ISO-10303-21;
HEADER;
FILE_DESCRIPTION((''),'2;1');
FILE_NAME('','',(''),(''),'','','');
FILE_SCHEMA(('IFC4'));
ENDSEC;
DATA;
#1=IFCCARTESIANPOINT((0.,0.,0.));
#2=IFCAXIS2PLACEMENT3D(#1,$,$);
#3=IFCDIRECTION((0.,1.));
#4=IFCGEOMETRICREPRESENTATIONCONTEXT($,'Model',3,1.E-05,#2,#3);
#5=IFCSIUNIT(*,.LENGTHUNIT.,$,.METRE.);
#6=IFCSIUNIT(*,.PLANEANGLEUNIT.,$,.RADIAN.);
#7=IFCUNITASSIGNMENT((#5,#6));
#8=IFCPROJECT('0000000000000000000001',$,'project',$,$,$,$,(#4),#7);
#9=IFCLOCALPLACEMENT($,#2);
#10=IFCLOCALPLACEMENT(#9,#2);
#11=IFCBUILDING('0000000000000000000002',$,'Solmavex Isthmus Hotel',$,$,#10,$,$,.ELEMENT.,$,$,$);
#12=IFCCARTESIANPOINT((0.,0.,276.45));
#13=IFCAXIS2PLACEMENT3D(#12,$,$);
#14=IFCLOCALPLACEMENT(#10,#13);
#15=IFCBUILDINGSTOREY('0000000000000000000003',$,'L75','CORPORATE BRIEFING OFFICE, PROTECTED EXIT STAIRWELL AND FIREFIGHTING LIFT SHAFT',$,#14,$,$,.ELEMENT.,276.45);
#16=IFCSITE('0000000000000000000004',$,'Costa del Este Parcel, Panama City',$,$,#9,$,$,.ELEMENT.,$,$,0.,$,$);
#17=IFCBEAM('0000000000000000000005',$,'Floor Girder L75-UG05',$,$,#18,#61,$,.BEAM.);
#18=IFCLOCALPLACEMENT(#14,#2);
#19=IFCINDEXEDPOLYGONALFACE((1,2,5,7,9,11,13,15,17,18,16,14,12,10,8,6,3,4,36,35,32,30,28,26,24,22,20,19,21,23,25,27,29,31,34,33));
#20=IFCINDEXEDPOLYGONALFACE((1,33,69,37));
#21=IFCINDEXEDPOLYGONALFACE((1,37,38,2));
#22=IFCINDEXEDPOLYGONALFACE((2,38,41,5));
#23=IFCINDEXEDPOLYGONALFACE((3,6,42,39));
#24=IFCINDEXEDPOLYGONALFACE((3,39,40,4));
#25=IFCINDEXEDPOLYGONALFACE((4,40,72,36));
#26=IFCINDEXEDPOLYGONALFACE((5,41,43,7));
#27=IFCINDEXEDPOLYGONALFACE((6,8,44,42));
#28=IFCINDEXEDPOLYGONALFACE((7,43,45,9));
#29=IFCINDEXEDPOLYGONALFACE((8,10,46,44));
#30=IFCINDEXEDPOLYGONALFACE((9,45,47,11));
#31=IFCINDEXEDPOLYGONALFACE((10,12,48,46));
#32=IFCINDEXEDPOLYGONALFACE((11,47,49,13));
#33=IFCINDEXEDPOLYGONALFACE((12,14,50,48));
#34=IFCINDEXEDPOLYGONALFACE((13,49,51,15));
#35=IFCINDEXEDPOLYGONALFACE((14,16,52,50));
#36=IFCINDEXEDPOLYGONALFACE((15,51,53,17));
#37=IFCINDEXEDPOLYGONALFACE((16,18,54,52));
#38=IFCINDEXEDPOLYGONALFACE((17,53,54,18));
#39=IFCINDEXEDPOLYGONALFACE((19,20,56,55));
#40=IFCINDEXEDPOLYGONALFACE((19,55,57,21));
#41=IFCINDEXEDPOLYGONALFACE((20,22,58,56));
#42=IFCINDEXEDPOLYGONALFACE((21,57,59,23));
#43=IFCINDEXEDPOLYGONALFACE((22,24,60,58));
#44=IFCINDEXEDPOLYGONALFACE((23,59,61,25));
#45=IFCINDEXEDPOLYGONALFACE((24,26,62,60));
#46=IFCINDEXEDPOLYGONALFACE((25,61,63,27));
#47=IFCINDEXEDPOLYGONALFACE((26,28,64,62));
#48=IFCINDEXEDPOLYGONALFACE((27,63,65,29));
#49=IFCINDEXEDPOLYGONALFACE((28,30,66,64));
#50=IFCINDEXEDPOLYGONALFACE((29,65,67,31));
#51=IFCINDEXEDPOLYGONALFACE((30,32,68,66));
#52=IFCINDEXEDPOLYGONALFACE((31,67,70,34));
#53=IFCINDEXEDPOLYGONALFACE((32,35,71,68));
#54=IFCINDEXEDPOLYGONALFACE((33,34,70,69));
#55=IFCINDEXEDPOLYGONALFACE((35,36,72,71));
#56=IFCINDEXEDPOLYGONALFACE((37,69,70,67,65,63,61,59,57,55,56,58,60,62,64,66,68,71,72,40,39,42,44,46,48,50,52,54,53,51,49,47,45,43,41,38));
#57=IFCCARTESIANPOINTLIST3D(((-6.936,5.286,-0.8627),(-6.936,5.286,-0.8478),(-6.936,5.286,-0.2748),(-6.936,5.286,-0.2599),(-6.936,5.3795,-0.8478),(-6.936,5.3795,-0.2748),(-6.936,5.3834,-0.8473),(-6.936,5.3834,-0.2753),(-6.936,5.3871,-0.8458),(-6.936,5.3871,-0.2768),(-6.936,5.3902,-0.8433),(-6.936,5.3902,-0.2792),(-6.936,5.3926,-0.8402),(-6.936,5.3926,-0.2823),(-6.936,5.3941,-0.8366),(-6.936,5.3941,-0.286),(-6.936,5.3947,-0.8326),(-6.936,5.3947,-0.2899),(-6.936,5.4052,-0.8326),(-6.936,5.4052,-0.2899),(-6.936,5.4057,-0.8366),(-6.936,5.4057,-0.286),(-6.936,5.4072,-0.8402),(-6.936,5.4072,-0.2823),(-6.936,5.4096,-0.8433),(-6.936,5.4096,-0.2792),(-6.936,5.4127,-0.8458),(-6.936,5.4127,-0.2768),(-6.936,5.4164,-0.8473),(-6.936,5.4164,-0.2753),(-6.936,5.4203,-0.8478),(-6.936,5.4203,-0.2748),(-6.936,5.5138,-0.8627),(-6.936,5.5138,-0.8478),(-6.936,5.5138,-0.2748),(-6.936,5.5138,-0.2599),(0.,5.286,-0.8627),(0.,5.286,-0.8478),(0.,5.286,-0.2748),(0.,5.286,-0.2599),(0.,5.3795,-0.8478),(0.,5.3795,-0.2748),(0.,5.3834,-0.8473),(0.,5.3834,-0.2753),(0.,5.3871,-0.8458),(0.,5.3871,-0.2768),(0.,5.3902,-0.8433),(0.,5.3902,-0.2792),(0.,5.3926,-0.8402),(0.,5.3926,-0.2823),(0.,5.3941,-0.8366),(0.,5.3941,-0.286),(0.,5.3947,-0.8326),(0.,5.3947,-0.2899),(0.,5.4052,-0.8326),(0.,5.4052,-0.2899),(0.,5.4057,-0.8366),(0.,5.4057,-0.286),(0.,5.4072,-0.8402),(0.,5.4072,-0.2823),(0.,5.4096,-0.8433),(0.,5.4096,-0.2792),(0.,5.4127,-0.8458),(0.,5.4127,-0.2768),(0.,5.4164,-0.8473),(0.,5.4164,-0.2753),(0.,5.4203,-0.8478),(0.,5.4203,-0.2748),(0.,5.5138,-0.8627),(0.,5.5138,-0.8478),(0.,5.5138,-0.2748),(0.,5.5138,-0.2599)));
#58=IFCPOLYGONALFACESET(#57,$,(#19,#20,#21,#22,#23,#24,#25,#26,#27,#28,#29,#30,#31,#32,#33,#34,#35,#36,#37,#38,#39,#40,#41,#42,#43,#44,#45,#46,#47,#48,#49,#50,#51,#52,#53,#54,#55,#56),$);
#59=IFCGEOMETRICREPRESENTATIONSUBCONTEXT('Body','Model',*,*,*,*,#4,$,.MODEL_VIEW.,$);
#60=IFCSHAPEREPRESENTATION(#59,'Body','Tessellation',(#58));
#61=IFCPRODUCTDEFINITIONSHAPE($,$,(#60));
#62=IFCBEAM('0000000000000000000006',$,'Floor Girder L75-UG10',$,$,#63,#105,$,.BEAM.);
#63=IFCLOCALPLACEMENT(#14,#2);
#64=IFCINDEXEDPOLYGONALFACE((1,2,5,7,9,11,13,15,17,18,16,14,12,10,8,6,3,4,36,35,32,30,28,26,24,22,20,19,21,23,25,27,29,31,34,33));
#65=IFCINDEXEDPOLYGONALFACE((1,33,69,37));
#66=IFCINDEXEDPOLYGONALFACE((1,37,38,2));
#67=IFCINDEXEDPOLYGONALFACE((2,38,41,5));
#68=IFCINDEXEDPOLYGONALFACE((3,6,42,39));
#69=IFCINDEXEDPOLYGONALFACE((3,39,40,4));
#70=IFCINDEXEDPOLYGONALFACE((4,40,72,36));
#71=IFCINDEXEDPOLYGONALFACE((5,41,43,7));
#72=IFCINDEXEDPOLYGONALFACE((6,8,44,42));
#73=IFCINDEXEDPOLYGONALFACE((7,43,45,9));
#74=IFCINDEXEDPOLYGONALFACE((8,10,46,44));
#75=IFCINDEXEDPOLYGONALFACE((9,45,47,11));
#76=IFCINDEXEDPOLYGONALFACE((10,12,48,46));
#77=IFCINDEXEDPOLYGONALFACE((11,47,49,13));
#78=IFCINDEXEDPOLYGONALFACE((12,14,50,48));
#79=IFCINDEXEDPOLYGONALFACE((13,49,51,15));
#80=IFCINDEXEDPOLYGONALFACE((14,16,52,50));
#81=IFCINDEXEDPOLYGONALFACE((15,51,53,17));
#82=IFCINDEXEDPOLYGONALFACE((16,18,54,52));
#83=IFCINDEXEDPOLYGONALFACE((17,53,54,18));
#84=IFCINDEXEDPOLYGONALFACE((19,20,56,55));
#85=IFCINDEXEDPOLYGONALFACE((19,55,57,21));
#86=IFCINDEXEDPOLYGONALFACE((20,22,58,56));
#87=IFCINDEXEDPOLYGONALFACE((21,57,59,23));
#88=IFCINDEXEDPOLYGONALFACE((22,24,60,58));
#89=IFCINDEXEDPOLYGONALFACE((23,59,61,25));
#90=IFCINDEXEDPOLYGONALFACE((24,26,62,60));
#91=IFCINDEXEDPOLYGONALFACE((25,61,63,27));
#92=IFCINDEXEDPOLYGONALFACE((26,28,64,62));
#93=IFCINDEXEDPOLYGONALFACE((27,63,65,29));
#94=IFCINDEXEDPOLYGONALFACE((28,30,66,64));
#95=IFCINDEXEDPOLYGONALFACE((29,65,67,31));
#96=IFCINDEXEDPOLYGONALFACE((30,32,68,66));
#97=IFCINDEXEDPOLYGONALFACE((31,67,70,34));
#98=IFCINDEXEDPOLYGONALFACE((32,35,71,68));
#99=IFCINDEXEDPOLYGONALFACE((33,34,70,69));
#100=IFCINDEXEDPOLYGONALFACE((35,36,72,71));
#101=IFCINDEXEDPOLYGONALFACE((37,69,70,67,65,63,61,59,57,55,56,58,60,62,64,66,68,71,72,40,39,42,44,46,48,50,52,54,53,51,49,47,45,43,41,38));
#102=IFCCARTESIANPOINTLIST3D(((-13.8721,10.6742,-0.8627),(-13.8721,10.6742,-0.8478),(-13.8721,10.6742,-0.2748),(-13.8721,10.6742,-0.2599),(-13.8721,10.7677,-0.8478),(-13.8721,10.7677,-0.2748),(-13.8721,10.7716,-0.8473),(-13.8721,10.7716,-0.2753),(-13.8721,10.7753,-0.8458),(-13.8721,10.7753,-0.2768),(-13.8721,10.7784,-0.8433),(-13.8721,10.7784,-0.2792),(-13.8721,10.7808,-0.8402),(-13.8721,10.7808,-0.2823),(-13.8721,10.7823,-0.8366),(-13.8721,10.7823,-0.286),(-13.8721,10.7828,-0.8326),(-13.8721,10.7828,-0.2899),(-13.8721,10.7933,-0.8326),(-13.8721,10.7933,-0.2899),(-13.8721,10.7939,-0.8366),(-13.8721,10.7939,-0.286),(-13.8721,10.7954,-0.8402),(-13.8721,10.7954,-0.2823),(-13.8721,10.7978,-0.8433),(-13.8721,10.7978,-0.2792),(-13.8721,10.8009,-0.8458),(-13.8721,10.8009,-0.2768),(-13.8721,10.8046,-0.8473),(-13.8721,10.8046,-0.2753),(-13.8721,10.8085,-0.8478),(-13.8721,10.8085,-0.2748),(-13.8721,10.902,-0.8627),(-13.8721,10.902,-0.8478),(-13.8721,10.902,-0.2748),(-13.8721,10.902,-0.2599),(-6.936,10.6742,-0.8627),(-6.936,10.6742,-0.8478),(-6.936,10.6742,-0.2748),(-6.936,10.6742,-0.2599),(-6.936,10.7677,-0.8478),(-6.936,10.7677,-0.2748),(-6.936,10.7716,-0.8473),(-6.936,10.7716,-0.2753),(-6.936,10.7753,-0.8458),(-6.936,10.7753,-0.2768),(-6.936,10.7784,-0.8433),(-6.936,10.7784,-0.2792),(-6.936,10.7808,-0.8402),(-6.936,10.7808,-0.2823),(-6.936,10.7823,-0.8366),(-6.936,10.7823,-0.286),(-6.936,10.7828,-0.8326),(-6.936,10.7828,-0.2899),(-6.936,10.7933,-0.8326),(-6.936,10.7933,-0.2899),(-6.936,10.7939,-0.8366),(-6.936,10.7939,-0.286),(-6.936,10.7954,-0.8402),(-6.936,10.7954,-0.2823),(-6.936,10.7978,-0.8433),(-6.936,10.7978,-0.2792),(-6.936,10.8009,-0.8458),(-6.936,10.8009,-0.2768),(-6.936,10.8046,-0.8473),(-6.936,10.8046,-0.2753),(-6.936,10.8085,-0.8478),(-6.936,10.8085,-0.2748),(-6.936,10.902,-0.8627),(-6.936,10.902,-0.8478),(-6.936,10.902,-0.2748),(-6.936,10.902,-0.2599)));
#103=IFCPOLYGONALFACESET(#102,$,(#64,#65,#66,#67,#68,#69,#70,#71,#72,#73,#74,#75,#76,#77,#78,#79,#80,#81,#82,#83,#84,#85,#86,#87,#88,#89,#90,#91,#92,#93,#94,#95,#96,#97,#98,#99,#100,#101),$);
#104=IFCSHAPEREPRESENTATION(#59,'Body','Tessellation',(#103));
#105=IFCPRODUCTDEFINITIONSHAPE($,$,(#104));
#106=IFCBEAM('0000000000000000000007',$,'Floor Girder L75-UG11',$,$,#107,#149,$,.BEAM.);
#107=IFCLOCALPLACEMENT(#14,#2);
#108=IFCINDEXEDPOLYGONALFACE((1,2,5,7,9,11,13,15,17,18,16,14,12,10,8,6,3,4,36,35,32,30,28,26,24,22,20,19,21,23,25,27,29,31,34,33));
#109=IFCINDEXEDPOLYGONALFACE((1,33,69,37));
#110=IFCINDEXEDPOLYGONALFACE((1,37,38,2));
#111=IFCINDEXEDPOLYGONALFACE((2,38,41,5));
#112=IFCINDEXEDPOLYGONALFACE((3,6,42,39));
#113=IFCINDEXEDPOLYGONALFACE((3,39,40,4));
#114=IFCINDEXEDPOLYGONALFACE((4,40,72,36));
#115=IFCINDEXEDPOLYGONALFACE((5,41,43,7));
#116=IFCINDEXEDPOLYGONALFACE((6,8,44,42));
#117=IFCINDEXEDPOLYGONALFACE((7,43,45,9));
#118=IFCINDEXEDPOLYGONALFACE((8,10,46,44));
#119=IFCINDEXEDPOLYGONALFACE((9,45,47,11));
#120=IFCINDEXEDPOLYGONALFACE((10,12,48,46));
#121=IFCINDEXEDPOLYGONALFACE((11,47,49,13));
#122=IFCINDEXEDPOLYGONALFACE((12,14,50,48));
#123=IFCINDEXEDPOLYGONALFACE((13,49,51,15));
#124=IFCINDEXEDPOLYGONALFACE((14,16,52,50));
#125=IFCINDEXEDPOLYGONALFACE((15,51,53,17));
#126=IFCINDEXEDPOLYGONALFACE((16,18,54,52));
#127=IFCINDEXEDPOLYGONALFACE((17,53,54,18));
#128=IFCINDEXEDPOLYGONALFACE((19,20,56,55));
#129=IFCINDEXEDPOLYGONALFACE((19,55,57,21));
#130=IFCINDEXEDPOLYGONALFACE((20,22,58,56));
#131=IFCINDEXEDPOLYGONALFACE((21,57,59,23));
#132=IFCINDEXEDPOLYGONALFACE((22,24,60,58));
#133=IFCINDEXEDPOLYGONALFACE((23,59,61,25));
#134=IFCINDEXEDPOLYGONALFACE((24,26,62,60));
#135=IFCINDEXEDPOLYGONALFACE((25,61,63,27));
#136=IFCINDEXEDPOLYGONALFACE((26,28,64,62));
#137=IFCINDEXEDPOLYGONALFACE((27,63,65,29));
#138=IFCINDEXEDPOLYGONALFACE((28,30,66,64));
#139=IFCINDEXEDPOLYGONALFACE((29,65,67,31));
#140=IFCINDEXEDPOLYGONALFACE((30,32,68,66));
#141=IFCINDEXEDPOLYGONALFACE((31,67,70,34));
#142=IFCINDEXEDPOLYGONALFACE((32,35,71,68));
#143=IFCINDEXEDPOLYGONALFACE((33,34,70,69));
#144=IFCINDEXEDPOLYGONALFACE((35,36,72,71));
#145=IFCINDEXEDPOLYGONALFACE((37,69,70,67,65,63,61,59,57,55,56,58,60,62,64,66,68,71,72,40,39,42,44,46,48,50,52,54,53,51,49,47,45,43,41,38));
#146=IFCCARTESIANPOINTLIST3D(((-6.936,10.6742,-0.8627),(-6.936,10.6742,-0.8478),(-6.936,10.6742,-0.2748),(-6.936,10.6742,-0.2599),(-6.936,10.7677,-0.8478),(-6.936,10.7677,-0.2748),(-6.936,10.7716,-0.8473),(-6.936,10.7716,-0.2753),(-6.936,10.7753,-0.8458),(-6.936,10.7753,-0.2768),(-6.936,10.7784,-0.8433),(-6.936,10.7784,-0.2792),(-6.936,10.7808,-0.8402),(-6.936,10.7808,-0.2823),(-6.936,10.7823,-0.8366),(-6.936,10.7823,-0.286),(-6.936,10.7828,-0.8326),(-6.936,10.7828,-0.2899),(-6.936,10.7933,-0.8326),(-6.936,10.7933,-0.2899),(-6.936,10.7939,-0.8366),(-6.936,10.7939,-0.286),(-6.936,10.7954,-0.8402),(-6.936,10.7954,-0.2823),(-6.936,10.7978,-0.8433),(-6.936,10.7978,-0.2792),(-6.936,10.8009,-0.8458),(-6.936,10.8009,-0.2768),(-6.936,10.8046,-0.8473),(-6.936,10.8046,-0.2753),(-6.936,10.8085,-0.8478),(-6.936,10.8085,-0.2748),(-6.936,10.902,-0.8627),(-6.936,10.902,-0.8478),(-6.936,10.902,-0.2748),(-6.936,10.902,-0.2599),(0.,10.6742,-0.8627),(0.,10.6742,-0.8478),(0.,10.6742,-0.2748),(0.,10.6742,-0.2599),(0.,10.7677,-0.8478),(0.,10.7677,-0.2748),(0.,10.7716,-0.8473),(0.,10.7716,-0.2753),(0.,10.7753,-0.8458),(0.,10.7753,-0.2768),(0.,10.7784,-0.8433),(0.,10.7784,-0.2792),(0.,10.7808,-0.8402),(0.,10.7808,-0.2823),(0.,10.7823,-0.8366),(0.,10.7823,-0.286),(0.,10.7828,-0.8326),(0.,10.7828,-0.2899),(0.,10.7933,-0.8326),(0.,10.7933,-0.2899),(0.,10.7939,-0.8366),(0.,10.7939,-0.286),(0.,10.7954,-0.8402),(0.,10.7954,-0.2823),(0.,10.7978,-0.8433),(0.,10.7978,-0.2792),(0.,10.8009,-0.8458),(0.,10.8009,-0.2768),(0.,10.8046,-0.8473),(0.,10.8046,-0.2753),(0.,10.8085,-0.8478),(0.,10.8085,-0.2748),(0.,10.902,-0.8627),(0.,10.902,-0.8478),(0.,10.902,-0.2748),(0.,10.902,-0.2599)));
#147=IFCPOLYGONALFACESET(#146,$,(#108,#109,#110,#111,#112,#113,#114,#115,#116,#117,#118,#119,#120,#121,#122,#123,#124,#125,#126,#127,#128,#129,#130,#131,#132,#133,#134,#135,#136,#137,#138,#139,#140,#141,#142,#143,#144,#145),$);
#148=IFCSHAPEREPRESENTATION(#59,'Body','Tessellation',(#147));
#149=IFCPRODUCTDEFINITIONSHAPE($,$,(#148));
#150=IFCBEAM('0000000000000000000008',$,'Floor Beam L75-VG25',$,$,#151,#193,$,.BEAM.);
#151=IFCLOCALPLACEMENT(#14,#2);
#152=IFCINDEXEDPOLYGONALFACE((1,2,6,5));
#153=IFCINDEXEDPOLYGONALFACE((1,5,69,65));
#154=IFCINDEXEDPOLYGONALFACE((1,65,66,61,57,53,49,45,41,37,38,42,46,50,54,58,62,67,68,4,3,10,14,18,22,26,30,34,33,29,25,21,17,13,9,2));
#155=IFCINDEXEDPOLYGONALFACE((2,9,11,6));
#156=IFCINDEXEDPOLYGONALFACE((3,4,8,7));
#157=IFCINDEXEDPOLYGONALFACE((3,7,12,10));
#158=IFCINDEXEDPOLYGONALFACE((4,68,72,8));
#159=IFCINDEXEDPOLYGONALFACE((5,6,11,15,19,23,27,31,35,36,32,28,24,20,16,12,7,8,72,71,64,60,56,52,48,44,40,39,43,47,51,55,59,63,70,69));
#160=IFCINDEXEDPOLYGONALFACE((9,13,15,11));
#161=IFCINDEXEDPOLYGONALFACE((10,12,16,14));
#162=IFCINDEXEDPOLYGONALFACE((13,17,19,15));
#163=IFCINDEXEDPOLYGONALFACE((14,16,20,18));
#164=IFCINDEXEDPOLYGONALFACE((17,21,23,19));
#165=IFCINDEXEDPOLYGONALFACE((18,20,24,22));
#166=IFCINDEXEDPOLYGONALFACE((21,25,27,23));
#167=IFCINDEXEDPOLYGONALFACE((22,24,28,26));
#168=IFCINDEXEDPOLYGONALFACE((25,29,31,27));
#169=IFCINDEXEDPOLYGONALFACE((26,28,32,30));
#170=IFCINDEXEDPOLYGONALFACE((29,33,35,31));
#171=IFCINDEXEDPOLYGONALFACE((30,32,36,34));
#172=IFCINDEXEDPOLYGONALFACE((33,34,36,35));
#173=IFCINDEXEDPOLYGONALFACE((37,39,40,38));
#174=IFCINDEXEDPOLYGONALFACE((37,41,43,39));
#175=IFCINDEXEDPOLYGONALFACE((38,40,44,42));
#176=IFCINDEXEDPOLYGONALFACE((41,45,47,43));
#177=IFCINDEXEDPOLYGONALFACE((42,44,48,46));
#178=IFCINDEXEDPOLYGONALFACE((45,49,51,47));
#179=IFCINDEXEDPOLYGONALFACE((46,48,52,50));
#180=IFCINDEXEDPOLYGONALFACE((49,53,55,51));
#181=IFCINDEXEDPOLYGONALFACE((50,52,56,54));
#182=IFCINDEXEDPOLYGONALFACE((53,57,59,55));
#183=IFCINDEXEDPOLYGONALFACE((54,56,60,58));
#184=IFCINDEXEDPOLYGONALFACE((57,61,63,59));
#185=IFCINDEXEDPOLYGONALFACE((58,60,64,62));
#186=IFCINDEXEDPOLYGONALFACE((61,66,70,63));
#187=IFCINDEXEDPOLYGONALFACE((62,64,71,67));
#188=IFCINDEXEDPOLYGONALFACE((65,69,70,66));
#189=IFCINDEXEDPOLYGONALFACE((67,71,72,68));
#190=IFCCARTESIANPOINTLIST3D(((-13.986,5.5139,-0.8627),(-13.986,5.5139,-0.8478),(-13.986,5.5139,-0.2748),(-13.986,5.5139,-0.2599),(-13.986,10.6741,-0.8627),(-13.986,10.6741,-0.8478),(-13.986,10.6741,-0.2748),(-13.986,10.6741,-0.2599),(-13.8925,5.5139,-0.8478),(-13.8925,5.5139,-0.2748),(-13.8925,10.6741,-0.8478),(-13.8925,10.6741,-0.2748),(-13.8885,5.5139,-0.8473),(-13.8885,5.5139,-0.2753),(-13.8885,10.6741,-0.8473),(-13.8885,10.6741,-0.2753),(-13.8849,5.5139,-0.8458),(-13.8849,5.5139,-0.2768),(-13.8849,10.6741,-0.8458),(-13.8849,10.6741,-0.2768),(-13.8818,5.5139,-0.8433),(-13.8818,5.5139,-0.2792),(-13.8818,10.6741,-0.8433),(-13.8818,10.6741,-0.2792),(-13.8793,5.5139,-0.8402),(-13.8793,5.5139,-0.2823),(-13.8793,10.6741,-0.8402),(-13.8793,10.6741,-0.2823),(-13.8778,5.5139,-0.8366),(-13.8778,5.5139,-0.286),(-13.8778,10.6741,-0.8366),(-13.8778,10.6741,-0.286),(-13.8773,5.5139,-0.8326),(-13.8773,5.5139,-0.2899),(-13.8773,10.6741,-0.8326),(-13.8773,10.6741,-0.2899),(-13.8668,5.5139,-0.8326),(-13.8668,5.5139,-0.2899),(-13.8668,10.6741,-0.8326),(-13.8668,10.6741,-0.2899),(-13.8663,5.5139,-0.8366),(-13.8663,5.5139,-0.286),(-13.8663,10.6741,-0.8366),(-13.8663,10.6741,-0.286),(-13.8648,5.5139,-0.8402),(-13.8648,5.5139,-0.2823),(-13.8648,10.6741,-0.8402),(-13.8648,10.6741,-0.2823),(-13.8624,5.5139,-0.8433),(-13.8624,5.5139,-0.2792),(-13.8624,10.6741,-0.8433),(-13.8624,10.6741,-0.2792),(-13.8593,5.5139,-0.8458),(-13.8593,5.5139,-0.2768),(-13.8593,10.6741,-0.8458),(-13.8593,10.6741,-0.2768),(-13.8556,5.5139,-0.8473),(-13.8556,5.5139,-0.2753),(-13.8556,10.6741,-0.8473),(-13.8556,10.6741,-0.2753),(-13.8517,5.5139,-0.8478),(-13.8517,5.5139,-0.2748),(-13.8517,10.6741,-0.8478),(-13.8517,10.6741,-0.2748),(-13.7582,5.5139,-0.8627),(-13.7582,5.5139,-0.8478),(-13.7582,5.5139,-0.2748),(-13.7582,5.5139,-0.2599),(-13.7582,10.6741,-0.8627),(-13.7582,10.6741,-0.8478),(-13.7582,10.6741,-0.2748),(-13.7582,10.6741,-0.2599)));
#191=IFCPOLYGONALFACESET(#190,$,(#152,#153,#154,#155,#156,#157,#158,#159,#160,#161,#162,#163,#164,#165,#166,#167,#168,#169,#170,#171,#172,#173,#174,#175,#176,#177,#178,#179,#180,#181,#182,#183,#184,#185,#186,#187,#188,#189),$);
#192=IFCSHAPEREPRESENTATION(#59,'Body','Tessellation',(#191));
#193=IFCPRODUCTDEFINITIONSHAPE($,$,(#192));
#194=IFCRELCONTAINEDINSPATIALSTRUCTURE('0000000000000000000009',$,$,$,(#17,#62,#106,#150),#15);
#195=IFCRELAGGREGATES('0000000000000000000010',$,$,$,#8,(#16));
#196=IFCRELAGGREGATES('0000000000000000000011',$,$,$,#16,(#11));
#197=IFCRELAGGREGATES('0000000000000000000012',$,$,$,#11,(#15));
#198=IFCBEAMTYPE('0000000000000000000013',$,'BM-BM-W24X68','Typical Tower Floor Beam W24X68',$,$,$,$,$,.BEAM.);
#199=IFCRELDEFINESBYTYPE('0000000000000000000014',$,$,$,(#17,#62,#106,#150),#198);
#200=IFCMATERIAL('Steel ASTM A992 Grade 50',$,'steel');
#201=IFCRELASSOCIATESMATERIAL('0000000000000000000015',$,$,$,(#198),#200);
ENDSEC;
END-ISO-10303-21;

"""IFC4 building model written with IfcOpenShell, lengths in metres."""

from ifc_helpers import new_model, si_unit, direction, frame, origin, origin_2d, place, context, subcontext, project, spatial, i_section, extrude, material, material_profile, profile_set, type_object, element, save


model = new_model("IFC4")

# Units and contexts
model_context = context("Model", 3, precision=1e-05, world=origin(), true_north=direction((0.0, 1.0)))
body_context = subcontext(model_context, "Body", "Model", "MODEL_VIEW")
ifc_project = project(units=[si_unit("LENGTHUNIT", "METRE"), si_unit("PLANEANGLEUNIT", "RADIAN")], contexts=[model_context])

# Site, building, storey
site_placement = place(None, origin())
site = spatial("IfcSite", under=ifc_project, at=site_placement, Name="Costa del Este Parcel, Panama City", CompositionType="ELEMENT", RefElevation=0.0)
building_placement = place(site_placement, origin())
building = spatial("IfcBuilding", under=site, at=building_placement, Name="Solmavex Isthmus Hotel", CompositionType="ELEMENT")
storey_placement = place(building_placement, frame((0.0, 0.0, 276.45)))
storey = spatial("IfcBuildingStorey", under=building, at=storey_placement, Name="L75", Description="CORPORATE BRIEFING OFFICE, PROTECTED EXIT STAIRWELL AND FIREFIGHTING LIFT SHAFT", CompositionType="ELEMENT", Elevation=276.45)

# Beams
ifc_material_1 = material(Name="Steel ASTM A992 Grade 50", Category="steel")
ifc_material_profile_1 = material_profile(ifc_material_1, i_section(OverallWidth=0.2278, OverallDepth=0.6028, WebThickness=0.0105, FlangeThickness=0.0149, FilletRadius=0.0151, at=origin_2d()), Name="W24X68")
ifc_profile_set_1 = profile_set([ifc_material_profile_1], Name="Steel ASTM A992 Grade 50")
beam_type_1 = type_object("IfcBeamType", Name="BM-BM-W24X68", Description="Typical Tower Floor Beam W24X68", PredefinedType="BEAM", material=ifc_profile_set_1)
for number, where, z_axis, x_axis, name in (
    (1, (-6.936, 5.3999, -0.5613), (1.0, 0.0, 0.0), (0.0, 1.0, 0.0), "Floor Girder L75-UG05"),
    (2, (-13.8721, 10.7881, -0.5613), (1.0, 0.0, 0.0), (0.0, 1.0, 0.0), "Floor Girder L75-UG10"),
    (3, (-6.936, 10.7881, -0.5613), (1.0, 0.0, 0.0), (0.0, 1.0, 0.0), "Floor Girder L75-UG11"),
):
    element("IfcBeam", number, at=place(storey_placement, frame(where, z_axis=z_axis, x_axis=x_axis)), inside=storey, type_object=beam_type_1, Name=name, PredefinedType="BEAM", context=body_context, shape_type="SweptSolid", body=[
        extrude(i_section(OverallWidth=0.2278, OverallDepth=0.6028, WebThickness=0.0105, FlangeThickness=0.0149, FilletRadius=0.0151, at=origin_2d()), origin(), (0.0, 0.0, 1.0), 6.936),
    ])
beam_1_placement = place(storey_placement, frame((-13.8721, 5.5139, -0.5613), z_axis=(0.0, 1.0, 0.0), x_axis=(-1.0, 0.0, 0.0)))
element("IfcBeam", 4, at=beam_1_placement, inside=storey, type_object=beam_type_1, Name="Floor Beam L75-VG25", PredefinedType="BEAM", context=body_context, shape_type="SweptSolid", body=[
    extrude(i_section(OverallWidth=0.2278, OverallDepth=0.6028, WebThickness=0.0105, FlangeThickness=0.0149, FilletRadius=0.0151, at=origin_2d()), origin(), (0.0, 0.0, 1.0), 5.1602),
])

save(model, "model.ifc")
